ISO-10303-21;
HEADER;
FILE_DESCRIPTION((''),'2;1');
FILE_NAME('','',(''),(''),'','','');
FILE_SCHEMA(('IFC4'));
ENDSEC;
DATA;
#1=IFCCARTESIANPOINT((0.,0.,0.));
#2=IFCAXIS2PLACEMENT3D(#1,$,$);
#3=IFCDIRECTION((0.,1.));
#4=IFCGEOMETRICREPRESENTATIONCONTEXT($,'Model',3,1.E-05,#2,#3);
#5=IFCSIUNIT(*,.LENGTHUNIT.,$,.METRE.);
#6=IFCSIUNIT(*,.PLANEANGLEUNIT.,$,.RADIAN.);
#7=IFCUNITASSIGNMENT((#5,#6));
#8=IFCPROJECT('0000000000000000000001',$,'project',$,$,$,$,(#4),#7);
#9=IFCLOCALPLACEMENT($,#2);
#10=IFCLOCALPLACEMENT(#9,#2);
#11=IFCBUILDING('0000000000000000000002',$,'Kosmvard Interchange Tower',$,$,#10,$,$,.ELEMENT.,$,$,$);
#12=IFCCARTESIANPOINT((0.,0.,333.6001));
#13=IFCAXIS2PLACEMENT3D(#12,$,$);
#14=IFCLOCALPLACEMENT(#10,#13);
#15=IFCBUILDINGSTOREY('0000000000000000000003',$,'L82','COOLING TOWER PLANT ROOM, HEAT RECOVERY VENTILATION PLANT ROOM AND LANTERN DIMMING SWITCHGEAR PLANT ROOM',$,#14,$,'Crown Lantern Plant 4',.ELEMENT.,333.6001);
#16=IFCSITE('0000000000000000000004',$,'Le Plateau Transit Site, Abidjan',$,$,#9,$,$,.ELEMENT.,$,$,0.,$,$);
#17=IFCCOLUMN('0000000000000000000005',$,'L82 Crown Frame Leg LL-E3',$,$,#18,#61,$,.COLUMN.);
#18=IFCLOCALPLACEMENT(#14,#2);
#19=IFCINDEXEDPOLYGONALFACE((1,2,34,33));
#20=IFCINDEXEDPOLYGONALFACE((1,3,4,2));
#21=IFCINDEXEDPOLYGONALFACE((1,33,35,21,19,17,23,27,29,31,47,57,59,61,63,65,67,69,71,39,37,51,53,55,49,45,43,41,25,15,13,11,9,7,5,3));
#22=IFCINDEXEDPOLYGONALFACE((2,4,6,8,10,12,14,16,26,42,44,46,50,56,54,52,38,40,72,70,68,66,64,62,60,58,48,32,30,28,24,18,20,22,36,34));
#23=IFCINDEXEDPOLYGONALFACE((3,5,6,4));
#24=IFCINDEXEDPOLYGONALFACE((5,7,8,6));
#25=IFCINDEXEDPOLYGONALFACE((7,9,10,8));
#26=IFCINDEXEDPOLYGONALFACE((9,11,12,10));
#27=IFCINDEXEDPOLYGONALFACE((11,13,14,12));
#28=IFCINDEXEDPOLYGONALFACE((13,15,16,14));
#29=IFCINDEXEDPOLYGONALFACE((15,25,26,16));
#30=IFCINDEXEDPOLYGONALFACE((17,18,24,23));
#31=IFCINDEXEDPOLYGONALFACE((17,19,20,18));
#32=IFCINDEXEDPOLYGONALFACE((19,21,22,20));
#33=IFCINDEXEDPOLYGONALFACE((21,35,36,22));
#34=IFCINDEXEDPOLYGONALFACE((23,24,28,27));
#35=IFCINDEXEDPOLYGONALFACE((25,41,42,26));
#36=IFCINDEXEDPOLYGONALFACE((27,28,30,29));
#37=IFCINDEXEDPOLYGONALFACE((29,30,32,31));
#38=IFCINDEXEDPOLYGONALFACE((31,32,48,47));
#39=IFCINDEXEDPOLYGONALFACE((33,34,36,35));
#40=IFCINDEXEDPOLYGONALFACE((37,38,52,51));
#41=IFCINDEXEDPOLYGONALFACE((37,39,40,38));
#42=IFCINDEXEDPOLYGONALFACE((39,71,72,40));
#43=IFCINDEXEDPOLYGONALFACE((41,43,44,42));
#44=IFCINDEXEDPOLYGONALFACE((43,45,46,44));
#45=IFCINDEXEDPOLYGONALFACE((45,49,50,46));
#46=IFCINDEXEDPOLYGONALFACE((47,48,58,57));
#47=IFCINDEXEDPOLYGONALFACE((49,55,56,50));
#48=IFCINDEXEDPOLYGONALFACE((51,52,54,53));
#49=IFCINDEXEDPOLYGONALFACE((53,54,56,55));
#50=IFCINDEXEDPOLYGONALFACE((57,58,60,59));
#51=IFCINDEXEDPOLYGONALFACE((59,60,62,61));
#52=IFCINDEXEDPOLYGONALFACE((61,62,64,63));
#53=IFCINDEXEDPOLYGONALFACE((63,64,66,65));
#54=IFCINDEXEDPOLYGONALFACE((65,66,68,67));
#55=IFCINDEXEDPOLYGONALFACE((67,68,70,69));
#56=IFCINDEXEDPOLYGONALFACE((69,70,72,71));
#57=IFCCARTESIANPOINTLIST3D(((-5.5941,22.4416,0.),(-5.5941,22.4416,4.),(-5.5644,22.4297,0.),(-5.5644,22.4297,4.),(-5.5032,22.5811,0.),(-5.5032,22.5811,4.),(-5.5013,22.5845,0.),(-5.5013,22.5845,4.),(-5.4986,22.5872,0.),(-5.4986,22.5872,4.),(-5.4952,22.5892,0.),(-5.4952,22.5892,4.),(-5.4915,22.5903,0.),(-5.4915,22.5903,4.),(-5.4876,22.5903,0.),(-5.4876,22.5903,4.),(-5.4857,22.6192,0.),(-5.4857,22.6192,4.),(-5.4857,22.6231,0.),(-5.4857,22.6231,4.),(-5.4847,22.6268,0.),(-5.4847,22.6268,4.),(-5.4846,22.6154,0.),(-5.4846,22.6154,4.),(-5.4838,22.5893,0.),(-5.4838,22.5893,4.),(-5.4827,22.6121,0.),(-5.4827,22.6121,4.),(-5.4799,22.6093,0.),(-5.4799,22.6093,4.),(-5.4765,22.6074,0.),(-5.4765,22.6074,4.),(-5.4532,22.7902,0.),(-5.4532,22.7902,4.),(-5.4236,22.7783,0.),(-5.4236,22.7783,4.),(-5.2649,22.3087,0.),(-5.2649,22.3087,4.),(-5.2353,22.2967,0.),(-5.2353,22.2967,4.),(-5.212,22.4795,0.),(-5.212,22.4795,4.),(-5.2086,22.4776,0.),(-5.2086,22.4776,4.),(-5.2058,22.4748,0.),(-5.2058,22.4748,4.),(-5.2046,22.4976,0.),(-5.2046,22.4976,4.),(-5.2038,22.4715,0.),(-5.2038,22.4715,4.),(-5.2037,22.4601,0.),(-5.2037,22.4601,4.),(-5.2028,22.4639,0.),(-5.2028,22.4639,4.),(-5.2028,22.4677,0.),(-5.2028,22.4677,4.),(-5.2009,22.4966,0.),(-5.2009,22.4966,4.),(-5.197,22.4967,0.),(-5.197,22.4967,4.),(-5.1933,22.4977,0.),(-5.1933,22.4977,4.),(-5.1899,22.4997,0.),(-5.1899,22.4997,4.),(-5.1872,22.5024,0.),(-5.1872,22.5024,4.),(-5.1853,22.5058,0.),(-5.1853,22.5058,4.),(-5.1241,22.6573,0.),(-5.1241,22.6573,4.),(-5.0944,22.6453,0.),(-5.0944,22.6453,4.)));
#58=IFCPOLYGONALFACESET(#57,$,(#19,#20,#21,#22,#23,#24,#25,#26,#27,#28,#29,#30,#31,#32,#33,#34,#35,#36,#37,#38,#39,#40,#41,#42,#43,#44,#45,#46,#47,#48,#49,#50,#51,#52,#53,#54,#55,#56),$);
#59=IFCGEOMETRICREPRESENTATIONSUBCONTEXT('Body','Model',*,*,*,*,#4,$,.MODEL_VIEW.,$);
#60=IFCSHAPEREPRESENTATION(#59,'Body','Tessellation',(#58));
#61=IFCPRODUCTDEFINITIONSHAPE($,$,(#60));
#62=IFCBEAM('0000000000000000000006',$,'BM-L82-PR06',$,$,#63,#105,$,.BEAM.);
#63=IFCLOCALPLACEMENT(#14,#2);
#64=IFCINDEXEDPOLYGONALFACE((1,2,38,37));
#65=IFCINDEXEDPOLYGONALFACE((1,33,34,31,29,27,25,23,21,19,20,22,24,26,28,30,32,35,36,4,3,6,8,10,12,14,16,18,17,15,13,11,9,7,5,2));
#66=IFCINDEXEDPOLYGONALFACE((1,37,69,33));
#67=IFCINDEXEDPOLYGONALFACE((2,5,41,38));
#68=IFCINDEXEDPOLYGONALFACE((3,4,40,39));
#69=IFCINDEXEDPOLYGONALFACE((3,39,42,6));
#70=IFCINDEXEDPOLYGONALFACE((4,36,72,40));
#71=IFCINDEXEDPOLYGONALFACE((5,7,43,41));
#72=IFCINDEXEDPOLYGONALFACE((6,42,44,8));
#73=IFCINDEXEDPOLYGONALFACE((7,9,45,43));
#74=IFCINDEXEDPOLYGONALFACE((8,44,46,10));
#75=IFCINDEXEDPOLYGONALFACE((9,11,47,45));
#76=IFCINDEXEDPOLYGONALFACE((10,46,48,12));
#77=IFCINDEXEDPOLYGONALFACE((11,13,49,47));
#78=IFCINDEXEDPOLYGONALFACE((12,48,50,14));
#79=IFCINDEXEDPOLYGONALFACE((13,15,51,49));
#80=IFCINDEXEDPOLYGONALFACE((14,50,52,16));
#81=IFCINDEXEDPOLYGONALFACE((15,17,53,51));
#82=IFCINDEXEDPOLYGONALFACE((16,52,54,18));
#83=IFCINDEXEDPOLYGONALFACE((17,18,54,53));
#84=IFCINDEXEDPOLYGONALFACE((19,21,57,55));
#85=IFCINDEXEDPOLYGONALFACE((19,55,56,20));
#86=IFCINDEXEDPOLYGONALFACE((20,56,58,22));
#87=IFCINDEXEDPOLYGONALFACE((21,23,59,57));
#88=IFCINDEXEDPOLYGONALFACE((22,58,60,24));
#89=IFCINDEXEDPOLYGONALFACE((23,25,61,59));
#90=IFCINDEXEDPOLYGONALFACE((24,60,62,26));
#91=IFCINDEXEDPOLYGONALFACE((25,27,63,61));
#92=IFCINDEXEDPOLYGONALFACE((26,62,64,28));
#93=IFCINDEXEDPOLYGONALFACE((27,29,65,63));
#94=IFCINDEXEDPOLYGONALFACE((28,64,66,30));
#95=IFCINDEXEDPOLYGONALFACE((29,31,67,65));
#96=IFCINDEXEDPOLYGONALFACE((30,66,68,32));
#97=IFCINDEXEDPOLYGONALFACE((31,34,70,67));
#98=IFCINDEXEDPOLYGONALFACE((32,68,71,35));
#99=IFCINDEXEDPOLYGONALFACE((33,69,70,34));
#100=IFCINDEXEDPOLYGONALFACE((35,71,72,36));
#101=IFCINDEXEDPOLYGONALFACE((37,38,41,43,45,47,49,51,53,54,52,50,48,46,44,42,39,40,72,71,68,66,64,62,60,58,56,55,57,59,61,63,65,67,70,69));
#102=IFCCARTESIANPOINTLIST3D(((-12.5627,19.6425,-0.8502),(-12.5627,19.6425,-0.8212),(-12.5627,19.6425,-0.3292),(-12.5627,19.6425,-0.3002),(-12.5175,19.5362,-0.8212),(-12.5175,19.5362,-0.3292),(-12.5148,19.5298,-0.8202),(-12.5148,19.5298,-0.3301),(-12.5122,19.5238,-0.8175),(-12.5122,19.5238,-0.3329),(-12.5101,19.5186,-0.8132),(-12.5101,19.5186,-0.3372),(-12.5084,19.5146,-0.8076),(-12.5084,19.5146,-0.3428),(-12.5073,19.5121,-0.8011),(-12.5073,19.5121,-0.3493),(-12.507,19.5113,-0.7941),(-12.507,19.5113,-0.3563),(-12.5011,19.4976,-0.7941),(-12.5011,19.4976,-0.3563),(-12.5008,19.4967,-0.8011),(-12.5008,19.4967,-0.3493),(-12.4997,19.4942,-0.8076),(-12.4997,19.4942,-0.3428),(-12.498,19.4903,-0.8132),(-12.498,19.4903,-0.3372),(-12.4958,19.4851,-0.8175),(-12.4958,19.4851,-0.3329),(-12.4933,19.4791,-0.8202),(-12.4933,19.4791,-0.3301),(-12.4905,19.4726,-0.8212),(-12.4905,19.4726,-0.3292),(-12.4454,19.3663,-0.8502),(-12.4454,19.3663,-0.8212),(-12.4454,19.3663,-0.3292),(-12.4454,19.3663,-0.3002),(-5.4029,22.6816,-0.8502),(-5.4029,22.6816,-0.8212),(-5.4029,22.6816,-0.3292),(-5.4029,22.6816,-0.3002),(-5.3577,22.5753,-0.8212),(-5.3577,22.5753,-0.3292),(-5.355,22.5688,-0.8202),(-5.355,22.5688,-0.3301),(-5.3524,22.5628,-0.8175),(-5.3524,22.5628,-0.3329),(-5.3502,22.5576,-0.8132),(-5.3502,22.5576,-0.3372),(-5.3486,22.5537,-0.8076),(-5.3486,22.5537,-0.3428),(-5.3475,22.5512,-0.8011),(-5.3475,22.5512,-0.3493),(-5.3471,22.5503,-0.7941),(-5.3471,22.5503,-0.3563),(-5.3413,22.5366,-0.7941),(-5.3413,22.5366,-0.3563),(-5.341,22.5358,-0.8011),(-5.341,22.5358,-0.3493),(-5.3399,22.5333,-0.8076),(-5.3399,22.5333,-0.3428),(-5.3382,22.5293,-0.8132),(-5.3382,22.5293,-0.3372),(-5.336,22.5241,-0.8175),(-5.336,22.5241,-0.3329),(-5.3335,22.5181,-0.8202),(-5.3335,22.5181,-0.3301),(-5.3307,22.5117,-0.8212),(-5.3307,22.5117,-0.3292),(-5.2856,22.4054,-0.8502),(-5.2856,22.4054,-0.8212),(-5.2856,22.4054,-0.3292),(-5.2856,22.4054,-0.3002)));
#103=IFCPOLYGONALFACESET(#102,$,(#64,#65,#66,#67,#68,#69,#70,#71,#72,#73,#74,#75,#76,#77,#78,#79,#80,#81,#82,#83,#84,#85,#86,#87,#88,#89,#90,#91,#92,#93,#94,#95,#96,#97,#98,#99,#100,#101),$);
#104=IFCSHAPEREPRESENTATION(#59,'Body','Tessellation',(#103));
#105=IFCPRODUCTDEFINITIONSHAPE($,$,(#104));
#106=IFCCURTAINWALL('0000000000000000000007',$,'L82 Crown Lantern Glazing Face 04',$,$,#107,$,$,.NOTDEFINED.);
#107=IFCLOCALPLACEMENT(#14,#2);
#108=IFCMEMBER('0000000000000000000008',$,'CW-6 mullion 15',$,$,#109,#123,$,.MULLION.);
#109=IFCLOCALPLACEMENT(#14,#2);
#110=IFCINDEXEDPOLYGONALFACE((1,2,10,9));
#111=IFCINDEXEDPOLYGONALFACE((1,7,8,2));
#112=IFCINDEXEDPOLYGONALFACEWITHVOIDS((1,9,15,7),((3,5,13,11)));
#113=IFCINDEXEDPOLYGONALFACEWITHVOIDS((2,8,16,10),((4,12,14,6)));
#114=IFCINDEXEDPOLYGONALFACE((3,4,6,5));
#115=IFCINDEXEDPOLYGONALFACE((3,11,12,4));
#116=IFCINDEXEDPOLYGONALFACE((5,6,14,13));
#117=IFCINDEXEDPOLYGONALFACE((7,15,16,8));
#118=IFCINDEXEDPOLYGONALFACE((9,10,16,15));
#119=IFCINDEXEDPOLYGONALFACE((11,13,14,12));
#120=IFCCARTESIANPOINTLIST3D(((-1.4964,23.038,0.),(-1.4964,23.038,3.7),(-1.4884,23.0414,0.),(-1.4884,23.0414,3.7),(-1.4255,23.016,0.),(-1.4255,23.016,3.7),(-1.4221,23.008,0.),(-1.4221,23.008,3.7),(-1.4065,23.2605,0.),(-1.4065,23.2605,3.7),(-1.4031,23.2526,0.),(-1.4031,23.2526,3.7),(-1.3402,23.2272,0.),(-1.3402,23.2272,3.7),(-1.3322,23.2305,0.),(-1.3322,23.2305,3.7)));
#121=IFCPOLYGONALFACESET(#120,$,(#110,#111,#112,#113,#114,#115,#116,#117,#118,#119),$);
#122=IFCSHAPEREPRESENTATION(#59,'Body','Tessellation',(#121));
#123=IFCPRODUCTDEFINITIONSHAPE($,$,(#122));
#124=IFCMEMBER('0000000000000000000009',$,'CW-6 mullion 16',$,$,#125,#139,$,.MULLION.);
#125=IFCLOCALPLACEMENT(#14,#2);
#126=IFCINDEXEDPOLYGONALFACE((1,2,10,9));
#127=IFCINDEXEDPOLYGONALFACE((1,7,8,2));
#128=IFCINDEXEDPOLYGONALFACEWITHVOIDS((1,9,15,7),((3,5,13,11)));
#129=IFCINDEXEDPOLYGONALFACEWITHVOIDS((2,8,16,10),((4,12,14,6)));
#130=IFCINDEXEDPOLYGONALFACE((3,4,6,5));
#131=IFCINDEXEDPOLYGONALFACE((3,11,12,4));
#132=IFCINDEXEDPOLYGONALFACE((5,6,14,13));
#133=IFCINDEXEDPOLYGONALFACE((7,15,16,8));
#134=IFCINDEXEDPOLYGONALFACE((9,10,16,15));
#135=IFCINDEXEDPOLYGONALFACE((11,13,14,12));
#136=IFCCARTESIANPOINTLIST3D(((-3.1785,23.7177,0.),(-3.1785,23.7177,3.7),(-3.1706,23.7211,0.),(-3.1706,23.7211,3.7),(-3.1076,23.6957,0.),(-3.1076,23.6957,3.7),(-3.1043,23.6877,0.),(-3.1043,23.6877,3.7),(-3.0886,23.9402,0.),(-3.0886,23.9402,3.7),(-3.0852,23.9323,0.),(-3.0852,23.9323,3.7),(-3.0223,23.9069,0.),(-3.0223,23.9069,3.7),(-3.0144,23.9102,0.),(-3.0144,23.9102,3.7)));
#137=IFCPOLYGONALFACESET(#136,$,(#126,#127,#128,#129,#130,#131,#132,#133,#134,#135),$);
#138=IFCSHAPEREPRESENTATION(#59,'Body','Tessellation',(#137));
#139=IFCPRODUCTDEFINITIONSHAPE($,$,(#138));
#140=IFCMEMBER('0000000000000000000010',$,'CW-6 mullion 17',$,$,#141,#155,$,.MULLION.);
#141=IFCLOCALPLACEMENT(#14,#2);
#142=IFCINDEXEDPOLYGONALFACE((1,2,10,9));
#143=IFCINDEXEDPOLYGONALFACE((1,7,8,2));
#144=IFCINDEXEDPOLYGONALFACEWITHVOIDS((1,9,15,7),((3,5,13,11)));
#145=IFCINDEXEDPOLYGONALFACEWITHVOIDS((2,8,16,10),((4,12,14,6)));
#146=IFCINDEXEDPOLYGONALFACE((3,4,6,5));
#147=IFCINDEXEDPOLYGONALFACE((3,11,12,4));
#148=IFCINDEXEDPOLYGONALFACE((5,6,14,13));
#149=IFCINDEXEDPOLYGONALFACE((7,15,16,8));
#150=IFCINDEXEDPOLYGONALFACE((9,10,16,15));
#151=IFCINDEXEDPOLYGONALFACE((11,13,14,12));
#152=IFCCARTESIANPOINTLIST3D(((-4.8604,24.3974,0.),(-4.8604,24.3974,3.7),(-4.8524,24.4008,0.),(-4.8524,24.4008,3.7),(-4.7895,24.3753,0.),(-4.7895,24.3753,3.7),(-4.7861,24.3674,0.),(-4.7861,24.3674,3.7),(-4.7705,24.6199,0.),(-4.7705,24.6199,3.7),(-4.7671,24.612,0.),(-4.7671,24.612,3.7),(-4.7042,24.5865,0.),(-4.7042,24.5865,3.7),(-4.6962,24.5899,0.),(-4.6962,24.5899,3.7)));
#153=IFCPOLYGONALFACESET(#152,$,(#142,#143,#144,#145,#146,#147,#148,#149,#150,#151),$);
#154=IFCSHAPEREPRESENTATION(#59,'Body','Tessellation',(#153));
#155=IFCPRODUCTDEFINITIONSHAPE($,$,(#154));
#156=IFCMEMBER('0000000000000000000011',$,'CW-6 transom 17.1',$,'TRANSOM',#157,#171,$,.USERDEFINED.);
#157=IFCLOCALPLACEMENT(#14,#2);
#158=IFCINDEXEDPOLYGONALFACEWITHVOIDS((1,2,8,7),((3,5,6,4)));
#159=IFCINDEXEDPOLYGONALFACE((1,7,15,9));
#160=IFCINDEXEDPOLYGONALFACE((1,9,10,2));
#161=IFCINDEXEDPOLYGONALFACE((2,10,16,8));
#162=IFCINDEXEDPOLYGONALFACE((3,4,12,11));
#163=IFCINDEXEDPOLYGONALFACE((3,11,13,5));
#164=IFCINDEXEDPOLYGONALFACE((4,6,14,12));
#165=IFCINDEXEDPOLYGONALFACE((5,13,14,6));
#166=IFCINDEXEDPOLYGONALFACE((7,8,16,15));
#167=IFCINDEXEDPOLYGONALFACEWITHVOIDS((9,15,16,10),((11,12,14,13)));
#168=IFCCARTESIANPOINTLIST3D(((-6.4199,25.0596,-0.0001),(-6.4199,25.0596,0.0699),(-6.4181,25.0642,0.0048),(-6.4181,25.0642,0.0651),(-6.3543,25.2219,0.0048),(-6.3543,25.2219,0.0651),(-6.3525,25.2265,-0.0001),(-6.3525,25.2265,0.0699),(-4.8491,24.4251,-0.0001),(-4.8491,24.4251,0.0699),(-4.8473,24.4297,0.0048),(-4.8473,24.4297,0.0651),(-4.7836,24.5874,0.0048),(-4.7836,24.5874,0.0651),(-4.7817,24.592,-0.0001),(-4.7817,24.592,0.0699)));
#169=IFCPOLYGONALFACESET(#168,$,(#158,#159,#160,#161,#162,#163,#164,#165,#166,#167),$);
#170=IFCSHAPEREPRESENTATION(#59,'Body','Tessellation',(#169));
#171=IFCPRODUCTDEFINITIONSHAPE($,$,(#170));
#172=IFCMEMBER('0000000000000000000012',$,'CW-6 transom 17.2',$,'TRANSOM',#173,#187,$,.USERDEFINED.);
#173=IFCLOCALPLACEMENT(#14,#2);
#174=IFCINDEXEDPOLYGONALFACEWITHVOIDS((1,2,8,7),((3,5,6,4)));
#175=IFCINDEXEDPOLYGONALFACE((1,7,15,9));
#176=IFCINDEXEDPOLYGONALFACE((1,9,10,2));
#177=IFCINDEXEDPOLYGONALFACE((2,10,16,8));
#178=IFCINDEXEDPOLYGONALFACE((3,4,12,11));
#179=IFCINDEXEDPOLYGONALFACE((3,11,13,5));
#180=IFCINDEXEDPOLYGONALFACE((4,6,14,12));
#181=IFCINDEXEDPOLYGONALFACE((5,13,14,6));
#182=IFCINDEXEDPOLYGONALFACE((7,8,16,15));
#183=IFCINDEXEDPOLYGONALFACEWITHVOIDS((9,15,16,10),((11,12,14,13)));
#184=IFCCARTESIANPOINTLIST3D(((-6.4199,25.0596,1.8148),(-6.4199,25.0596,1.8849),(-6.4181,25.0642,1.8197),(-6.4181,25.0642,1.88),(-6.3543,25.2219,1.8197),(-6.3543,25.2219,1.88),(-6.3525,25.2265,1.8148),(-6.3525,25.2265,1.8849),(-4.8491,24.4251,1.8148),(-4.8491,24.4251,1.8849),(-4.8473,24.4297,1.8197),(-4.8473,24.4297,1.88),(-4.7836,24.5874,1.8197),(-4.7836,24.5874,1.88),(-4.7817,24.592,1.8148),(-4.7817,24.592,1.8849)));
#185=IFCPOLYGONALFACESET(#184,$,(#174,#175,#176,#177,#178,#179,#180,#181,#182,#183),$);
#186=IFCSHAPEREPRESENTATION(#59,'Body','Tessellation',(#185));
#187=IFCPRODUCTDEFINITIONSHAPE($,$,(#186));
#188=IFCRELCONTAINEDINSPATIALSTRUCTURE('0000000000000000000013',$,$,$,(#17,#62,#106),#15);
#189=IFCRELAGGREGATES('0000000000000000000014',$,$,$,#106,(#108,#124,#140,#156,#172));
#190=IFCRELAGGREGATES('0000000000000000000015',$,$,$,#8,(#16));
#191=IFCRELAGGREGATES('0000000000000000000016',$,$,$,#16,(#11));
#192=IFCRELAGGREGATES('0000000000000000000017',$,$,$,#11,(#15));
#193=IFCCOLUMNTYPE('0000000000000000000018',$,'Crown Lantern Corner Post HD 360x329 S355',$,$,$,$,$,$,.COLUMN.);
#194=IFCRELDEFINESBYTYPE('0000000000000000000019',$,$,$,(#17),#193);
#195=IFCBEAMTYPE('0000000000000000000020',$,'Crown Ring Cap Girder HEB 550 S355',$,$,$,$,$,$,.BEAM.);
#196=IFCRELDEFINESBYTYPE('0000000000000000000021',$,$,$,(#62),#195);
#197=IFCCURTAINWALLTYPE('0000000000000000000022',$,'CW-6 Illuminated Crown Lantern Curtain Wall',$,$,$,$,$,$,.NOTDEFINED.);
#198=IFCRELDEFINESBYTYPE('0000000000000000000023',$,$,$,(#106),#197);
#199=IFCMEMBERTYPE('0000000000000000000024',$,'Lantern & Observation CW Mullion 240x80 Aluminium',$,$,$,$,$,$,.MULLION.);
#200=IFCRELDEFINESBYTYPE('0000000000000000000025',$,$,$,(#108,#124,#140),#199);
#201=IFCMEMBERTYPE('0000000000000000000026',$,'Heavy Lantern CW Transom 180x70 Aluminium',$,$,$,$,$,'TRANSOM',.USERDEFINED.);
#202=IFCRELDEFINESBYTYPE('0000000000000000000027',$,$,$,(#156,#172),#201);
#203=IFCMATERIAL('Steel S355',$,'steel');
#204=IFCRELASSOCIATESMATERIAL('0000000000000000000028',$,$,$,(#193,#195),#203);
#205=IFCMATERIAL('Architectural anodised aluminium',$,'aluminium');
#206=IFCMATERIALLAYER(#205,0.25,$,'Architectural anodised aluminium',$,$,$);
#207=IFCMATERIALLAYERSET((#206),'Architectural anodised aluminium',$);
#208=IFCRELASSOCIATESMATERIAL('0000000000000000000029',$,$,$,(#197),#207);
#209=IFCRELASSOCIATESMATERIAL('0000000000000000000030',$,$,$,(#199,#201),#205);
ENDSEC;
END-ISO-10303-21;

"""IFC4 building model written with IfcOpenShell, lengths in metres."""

from ifc_helpers import new_model, si_unit, direction, frame, origin, origin_2d, place, context, subcontext, project, spatial, hollow_rectangle, i_section, extrude, source, transform, mapped, material, layer, layer_set, material_profile, profile_set, type_object, element, aggregate, save


model = new_model("IFC4")

# Units and contexts
model_context = context("Model", 3, precision=1e-05, world=origin(), true_north=direction((0.0, 1.0)))
body_context = subcontext(model_context, "Body", "Model", "MODEL_VIEW")
ifc_project = project(units=[si_unit("LENGTHUNIT", "METRE"), si_unit("PLANEANGLEUNIT", "RADIAN")], contexts=[model_context])

# Site, building, storey
site_placement = place(None, origin())
site = spatial("IfcSite", under=ifc_project, at=site_placement, Name="Le Plateau Transit Site, Abidjan", CompositionType="ELEMENT", RefElevation=0.0)
building_placement = place(site_placement, origin())
building = spatial("IfcBuilding", under=site, at=building_placement, Name="Kosmvard Interchange Tower", CompositionType="ELEMENT")
storey_placement = place(building_placement, frame((0.0, 0.0, 333.6001)))
storey = spatial("IfcBuildingStorey", under=building, at=storey_placement, Name="L82", Description="COOLING TOWER PLANT ROOM, HEAT RECOVERY VENTILATION PLANT ROOM AND LANTERN DIMMING SWITCHGEAR PLANT ROOM", LongName="Crown Lantern Plant 4", CompositionType="ELEMENT", Elevation=333.6001)

# Column
ifc_material_1 = material(Name="Steel S355", Category="steel")
ifc_material_profile_1 = material_profile(ifc_material_1, i_section(OverallWidth=0.376, OverallDepth=0.387, WebThickness=0.0195, FlangeThickness=0.032, FilletRadius=0.0149, at=origin_2d()), Name="HD 360x329")
ifc_profile_set_1 = profile_set([ifc_material_profile_1], Name="Steel S355")
column_type = type_object("IfcColumnType", Name="Crown Lantern Corner Post HD 360x329 S355", PredefinedType="COLUMN", material=ifc_profile_set_1)
shared_shape_1 = source(origin(), body_context, "Body", "SweptSolid", [
    extrude(i_section(OverallWidth=0.376, OverallDepth=0.387, WebThickness=0.0195, FlangeThickness=0.032, FilletRadius=0.0149, at=origin_2d()), origin(), (0.0, 0.0, 1.0), 4.0),
])
column_placement = place(storey_placement, frame((-5.3442, 22.5435, 0.0), z_axis=(0.0, 0.0, 1.0), x_axis=(0.374607, 0.927184, 0.0)))
element("IfcColumn", 1, at=column_placement, inside=storey, type_object=column_type, Name="L82 Crown Frame Leg LL-E3", PredefinedType="COLUMN", context=body_context, shape_type="MappedRepresentation", body=[
    mapped(shared_shape_1, transform((0.0, 0.0, 0.0), scale=1.0)),
])

# Beam
ifc_material_profile_2 = material_profile(ifc_material_1, i_section(OverallWidth=0.3, OverallDepth=0.55, WebThickness=0.0149, FlangeThickness=0.0291, FilletRadius=0.0271, at=origin_2d()), Name="HEB 550")
ifc_profile_set_2 = profile_set([ifc_material_profile_2], Name="Steel S355")
beam_type = type_object("IfcBeamType", Name="Crown Ring Cap Girder HEB 550 S355", PredefinedType="BEAM", material=ifc_profile_set_2)
shared_shape_2 = source(origin(), body_context, "Body", "SweptSolid", [
    extrude(i_section(OverallWidth=0.3, OverallDepth=0.55, WebThickness=0.0149, FlangeThickness=0.0291, FilletRadius=0.0271, at=origin_2d()), origin(), (0.0, 0.0, 1.0), 7.7781),
])
beam_placement = place(storey_placement, frame((-5.3442, 22.5435, -0.5752), z_axis=(-0.920511, -0.390716, 0.0), x_axis=(0.390716, -0.920511, 0.0)))
element("IfcBeam", 2, at=beam_placement, inside=storey, type_object=beam_type, Name="BM-L82-PR06", PredefinedType="BEAM", context=body_context, shape_type="MappedRepresentation", body=[
    mapped(shared_shape_2, transform((0.0, 0.0, 0.0), scale=1.0)),
])

# Curtain wall, members
ifc_material_2 = material(Name="Architectural anodised aluminium", Category="aluminium")
ifc_layer_1 = layer(ifc_material_2, 0.25, Name="Architectural anodised aluminium")
ifc_layer_set_1 = layer_set([ifc_layer_1], Name="Architectural anodised aluminium")
curtain_wall_type = type_object("IfcCurtainWallType", Name="CW-6 Illuminated Crown Lantern Curtain Wall", PredefinedType="NOTDEFINED", material=ifc_layer_set_1)
curtain_wall_placement = place(storey_placement, origin())
curtain_wall = element("IfcCurtainWall", 3, at=curtain_wall_placement, inside=storey, type_object=curtain_wall_type, Name="L82 Crown Lantern Glazing Face 04", PredefinedType="NOTDEFINED")
ifc_material_profile_3 = material_profile(ifc_material_2, hollow_rectangle(XDim=0.24, YDim=0.0801, WallThickness=0.0061, at=origin_2d()), Name="CWM 240x80x6")
ifc_profile_set_3 = profile_set([ifc_material_profile_3], Name="Architectural anodised aluminium")
member_type_1 = type_object("IfcMemberType", Name="Lantern & Observation CW Mullion 240x80 Aluminium", PredefinedType="MULLION", material=ifc_profile_set_3)
shared_shape_3 = source(origin(), body_context, "Body", "SweptSolid", [
    extrude(hollow_rectangle(XDim=0.24, YDim=0.0801, WallThickness=0.0061, at=origin_2d()), origin(), (0.0, 0.0, 1.0), 3.7),
])
member_1_placement = place(storey_placement, frame((-1.4143, 23.1343, 0.0), z_axis=(0.0, 0.0, 1.0), x_axis=(-0.374607, -0.927184, 0.0)))
member_1 = element("IfcMember", 4, at=member_1_placement, type_object=member_type_1, Name="CW-6 mullion 15", PredefinedType="MULLION", context=body_context, shape_type="MappedRepresentation", body=[
    mapped(shared_shape_3, transform((0.0, 0.0, 0.0), scale=1.0)),
])
member_2_placement = place(storey_placement, frame((-3.0964, 23.814, 0.0), z_axis=(0.0, 0.0, 1.0), x_axis=(-0.374607, -0.927184, 0.0)))
member_2 = element("IfcMember", 5, at=member_2_placement, type_object=member_type_1, Name="CW-6 mullion 16", PredefinedType="MULLION", context=body_context, shape_type="MappedRepresentation", body=[
    mapped(shared_shape_3, transform((0.0, 0.0, 0.0), scale=1.0)),
])
member_3_placement = place(storey_placement, frame((-4.7783, 24.4937, 0.0), z_axis=(0.0, 0.0, 1.0), x_axis=(-0.374607, -0.927184, 0.0)))
member_3 = element("IfcMember", 6, at=member_3_placement, type_object=member_type_1, Name="CW-6 mullion 17", PredefinedType="MULLION", context=body_context, shape_type="MappedRepresentation", body=[
    mapped(shared_shape_3, transform((0.0, 0.0, 0.0), scale=1.0)),
])
ifc_material_profile_4 = material_profile(ifc_material_2, hollow_rectangle(XDim=0.1799, YDim=0.0701, WallThickness=0.0049, at=origin_2d()), Name="CWT 180x70x5")
ifc_profile_set_4 = profile_set([ifc_material_profile_4], Name="Architectural anodised aluminium")
member_type_2 = type_object("IfcMemberType", Name="Heavy Lantern CW Transom 180x70 Aluminium", ElementType="TRANSOM", PredefinedType="USERDEFINED", material=ifc_profile_set_4)
shared_shape_4 = source(origin(), body_context, "Body", "SweptSolid", [
    extrude(hollow_rectangle(XDim=0.1799, YDim=0.0701, WallThickness=0.0049, at=origin_2d()), origin(), (0.0, 0.0, 1.0), 1.6941),
])
member_4_placement = place(storey_placement, frame((-4.8154, 24.5085, 0.0349), z_axis=(-0.927209, 0.374544, 0.0), x_axis=(-0.374544, -0.927209, 0.0)))
member_4 = element("IfcMember", 7, at=member_4_placement, type_object=member_type_2, Name="CW-6 transom 17.1", ObjectType="TRANSOM", PredefinedType="USERDEFINED", context=body_context, shape_type="MappedRepresentation", body=[
    mapped(shared_shape_4, transform((0.0, 0.0, 0.0), scale=1.0)),
])
member_5_placement = place(storey_placement, frame((-4.8154, 24.5085, 1.8499), z_axis=(-0.927209, 0.374544, 0.0), x_axis=(-0.374544, -0.927209, 0.0)))
member_5 = element("IfcMember", 8, at=member_5_placement, type_object=member_type_2, Name="CW-6 transom 17.2", ObjectType="TRANSOM", PredefinedType="USERDEFINED", context=body_context, shape_type="MappedRepresentation", body=[
    mapped(shared_shape_4, transform((0.0, 0.0, 0.0), scale=1.0)),
])

aggregate(curtain_wall, [member_1, member_2, member_3, member_4, member_5])

save(model, "model.ifc")
